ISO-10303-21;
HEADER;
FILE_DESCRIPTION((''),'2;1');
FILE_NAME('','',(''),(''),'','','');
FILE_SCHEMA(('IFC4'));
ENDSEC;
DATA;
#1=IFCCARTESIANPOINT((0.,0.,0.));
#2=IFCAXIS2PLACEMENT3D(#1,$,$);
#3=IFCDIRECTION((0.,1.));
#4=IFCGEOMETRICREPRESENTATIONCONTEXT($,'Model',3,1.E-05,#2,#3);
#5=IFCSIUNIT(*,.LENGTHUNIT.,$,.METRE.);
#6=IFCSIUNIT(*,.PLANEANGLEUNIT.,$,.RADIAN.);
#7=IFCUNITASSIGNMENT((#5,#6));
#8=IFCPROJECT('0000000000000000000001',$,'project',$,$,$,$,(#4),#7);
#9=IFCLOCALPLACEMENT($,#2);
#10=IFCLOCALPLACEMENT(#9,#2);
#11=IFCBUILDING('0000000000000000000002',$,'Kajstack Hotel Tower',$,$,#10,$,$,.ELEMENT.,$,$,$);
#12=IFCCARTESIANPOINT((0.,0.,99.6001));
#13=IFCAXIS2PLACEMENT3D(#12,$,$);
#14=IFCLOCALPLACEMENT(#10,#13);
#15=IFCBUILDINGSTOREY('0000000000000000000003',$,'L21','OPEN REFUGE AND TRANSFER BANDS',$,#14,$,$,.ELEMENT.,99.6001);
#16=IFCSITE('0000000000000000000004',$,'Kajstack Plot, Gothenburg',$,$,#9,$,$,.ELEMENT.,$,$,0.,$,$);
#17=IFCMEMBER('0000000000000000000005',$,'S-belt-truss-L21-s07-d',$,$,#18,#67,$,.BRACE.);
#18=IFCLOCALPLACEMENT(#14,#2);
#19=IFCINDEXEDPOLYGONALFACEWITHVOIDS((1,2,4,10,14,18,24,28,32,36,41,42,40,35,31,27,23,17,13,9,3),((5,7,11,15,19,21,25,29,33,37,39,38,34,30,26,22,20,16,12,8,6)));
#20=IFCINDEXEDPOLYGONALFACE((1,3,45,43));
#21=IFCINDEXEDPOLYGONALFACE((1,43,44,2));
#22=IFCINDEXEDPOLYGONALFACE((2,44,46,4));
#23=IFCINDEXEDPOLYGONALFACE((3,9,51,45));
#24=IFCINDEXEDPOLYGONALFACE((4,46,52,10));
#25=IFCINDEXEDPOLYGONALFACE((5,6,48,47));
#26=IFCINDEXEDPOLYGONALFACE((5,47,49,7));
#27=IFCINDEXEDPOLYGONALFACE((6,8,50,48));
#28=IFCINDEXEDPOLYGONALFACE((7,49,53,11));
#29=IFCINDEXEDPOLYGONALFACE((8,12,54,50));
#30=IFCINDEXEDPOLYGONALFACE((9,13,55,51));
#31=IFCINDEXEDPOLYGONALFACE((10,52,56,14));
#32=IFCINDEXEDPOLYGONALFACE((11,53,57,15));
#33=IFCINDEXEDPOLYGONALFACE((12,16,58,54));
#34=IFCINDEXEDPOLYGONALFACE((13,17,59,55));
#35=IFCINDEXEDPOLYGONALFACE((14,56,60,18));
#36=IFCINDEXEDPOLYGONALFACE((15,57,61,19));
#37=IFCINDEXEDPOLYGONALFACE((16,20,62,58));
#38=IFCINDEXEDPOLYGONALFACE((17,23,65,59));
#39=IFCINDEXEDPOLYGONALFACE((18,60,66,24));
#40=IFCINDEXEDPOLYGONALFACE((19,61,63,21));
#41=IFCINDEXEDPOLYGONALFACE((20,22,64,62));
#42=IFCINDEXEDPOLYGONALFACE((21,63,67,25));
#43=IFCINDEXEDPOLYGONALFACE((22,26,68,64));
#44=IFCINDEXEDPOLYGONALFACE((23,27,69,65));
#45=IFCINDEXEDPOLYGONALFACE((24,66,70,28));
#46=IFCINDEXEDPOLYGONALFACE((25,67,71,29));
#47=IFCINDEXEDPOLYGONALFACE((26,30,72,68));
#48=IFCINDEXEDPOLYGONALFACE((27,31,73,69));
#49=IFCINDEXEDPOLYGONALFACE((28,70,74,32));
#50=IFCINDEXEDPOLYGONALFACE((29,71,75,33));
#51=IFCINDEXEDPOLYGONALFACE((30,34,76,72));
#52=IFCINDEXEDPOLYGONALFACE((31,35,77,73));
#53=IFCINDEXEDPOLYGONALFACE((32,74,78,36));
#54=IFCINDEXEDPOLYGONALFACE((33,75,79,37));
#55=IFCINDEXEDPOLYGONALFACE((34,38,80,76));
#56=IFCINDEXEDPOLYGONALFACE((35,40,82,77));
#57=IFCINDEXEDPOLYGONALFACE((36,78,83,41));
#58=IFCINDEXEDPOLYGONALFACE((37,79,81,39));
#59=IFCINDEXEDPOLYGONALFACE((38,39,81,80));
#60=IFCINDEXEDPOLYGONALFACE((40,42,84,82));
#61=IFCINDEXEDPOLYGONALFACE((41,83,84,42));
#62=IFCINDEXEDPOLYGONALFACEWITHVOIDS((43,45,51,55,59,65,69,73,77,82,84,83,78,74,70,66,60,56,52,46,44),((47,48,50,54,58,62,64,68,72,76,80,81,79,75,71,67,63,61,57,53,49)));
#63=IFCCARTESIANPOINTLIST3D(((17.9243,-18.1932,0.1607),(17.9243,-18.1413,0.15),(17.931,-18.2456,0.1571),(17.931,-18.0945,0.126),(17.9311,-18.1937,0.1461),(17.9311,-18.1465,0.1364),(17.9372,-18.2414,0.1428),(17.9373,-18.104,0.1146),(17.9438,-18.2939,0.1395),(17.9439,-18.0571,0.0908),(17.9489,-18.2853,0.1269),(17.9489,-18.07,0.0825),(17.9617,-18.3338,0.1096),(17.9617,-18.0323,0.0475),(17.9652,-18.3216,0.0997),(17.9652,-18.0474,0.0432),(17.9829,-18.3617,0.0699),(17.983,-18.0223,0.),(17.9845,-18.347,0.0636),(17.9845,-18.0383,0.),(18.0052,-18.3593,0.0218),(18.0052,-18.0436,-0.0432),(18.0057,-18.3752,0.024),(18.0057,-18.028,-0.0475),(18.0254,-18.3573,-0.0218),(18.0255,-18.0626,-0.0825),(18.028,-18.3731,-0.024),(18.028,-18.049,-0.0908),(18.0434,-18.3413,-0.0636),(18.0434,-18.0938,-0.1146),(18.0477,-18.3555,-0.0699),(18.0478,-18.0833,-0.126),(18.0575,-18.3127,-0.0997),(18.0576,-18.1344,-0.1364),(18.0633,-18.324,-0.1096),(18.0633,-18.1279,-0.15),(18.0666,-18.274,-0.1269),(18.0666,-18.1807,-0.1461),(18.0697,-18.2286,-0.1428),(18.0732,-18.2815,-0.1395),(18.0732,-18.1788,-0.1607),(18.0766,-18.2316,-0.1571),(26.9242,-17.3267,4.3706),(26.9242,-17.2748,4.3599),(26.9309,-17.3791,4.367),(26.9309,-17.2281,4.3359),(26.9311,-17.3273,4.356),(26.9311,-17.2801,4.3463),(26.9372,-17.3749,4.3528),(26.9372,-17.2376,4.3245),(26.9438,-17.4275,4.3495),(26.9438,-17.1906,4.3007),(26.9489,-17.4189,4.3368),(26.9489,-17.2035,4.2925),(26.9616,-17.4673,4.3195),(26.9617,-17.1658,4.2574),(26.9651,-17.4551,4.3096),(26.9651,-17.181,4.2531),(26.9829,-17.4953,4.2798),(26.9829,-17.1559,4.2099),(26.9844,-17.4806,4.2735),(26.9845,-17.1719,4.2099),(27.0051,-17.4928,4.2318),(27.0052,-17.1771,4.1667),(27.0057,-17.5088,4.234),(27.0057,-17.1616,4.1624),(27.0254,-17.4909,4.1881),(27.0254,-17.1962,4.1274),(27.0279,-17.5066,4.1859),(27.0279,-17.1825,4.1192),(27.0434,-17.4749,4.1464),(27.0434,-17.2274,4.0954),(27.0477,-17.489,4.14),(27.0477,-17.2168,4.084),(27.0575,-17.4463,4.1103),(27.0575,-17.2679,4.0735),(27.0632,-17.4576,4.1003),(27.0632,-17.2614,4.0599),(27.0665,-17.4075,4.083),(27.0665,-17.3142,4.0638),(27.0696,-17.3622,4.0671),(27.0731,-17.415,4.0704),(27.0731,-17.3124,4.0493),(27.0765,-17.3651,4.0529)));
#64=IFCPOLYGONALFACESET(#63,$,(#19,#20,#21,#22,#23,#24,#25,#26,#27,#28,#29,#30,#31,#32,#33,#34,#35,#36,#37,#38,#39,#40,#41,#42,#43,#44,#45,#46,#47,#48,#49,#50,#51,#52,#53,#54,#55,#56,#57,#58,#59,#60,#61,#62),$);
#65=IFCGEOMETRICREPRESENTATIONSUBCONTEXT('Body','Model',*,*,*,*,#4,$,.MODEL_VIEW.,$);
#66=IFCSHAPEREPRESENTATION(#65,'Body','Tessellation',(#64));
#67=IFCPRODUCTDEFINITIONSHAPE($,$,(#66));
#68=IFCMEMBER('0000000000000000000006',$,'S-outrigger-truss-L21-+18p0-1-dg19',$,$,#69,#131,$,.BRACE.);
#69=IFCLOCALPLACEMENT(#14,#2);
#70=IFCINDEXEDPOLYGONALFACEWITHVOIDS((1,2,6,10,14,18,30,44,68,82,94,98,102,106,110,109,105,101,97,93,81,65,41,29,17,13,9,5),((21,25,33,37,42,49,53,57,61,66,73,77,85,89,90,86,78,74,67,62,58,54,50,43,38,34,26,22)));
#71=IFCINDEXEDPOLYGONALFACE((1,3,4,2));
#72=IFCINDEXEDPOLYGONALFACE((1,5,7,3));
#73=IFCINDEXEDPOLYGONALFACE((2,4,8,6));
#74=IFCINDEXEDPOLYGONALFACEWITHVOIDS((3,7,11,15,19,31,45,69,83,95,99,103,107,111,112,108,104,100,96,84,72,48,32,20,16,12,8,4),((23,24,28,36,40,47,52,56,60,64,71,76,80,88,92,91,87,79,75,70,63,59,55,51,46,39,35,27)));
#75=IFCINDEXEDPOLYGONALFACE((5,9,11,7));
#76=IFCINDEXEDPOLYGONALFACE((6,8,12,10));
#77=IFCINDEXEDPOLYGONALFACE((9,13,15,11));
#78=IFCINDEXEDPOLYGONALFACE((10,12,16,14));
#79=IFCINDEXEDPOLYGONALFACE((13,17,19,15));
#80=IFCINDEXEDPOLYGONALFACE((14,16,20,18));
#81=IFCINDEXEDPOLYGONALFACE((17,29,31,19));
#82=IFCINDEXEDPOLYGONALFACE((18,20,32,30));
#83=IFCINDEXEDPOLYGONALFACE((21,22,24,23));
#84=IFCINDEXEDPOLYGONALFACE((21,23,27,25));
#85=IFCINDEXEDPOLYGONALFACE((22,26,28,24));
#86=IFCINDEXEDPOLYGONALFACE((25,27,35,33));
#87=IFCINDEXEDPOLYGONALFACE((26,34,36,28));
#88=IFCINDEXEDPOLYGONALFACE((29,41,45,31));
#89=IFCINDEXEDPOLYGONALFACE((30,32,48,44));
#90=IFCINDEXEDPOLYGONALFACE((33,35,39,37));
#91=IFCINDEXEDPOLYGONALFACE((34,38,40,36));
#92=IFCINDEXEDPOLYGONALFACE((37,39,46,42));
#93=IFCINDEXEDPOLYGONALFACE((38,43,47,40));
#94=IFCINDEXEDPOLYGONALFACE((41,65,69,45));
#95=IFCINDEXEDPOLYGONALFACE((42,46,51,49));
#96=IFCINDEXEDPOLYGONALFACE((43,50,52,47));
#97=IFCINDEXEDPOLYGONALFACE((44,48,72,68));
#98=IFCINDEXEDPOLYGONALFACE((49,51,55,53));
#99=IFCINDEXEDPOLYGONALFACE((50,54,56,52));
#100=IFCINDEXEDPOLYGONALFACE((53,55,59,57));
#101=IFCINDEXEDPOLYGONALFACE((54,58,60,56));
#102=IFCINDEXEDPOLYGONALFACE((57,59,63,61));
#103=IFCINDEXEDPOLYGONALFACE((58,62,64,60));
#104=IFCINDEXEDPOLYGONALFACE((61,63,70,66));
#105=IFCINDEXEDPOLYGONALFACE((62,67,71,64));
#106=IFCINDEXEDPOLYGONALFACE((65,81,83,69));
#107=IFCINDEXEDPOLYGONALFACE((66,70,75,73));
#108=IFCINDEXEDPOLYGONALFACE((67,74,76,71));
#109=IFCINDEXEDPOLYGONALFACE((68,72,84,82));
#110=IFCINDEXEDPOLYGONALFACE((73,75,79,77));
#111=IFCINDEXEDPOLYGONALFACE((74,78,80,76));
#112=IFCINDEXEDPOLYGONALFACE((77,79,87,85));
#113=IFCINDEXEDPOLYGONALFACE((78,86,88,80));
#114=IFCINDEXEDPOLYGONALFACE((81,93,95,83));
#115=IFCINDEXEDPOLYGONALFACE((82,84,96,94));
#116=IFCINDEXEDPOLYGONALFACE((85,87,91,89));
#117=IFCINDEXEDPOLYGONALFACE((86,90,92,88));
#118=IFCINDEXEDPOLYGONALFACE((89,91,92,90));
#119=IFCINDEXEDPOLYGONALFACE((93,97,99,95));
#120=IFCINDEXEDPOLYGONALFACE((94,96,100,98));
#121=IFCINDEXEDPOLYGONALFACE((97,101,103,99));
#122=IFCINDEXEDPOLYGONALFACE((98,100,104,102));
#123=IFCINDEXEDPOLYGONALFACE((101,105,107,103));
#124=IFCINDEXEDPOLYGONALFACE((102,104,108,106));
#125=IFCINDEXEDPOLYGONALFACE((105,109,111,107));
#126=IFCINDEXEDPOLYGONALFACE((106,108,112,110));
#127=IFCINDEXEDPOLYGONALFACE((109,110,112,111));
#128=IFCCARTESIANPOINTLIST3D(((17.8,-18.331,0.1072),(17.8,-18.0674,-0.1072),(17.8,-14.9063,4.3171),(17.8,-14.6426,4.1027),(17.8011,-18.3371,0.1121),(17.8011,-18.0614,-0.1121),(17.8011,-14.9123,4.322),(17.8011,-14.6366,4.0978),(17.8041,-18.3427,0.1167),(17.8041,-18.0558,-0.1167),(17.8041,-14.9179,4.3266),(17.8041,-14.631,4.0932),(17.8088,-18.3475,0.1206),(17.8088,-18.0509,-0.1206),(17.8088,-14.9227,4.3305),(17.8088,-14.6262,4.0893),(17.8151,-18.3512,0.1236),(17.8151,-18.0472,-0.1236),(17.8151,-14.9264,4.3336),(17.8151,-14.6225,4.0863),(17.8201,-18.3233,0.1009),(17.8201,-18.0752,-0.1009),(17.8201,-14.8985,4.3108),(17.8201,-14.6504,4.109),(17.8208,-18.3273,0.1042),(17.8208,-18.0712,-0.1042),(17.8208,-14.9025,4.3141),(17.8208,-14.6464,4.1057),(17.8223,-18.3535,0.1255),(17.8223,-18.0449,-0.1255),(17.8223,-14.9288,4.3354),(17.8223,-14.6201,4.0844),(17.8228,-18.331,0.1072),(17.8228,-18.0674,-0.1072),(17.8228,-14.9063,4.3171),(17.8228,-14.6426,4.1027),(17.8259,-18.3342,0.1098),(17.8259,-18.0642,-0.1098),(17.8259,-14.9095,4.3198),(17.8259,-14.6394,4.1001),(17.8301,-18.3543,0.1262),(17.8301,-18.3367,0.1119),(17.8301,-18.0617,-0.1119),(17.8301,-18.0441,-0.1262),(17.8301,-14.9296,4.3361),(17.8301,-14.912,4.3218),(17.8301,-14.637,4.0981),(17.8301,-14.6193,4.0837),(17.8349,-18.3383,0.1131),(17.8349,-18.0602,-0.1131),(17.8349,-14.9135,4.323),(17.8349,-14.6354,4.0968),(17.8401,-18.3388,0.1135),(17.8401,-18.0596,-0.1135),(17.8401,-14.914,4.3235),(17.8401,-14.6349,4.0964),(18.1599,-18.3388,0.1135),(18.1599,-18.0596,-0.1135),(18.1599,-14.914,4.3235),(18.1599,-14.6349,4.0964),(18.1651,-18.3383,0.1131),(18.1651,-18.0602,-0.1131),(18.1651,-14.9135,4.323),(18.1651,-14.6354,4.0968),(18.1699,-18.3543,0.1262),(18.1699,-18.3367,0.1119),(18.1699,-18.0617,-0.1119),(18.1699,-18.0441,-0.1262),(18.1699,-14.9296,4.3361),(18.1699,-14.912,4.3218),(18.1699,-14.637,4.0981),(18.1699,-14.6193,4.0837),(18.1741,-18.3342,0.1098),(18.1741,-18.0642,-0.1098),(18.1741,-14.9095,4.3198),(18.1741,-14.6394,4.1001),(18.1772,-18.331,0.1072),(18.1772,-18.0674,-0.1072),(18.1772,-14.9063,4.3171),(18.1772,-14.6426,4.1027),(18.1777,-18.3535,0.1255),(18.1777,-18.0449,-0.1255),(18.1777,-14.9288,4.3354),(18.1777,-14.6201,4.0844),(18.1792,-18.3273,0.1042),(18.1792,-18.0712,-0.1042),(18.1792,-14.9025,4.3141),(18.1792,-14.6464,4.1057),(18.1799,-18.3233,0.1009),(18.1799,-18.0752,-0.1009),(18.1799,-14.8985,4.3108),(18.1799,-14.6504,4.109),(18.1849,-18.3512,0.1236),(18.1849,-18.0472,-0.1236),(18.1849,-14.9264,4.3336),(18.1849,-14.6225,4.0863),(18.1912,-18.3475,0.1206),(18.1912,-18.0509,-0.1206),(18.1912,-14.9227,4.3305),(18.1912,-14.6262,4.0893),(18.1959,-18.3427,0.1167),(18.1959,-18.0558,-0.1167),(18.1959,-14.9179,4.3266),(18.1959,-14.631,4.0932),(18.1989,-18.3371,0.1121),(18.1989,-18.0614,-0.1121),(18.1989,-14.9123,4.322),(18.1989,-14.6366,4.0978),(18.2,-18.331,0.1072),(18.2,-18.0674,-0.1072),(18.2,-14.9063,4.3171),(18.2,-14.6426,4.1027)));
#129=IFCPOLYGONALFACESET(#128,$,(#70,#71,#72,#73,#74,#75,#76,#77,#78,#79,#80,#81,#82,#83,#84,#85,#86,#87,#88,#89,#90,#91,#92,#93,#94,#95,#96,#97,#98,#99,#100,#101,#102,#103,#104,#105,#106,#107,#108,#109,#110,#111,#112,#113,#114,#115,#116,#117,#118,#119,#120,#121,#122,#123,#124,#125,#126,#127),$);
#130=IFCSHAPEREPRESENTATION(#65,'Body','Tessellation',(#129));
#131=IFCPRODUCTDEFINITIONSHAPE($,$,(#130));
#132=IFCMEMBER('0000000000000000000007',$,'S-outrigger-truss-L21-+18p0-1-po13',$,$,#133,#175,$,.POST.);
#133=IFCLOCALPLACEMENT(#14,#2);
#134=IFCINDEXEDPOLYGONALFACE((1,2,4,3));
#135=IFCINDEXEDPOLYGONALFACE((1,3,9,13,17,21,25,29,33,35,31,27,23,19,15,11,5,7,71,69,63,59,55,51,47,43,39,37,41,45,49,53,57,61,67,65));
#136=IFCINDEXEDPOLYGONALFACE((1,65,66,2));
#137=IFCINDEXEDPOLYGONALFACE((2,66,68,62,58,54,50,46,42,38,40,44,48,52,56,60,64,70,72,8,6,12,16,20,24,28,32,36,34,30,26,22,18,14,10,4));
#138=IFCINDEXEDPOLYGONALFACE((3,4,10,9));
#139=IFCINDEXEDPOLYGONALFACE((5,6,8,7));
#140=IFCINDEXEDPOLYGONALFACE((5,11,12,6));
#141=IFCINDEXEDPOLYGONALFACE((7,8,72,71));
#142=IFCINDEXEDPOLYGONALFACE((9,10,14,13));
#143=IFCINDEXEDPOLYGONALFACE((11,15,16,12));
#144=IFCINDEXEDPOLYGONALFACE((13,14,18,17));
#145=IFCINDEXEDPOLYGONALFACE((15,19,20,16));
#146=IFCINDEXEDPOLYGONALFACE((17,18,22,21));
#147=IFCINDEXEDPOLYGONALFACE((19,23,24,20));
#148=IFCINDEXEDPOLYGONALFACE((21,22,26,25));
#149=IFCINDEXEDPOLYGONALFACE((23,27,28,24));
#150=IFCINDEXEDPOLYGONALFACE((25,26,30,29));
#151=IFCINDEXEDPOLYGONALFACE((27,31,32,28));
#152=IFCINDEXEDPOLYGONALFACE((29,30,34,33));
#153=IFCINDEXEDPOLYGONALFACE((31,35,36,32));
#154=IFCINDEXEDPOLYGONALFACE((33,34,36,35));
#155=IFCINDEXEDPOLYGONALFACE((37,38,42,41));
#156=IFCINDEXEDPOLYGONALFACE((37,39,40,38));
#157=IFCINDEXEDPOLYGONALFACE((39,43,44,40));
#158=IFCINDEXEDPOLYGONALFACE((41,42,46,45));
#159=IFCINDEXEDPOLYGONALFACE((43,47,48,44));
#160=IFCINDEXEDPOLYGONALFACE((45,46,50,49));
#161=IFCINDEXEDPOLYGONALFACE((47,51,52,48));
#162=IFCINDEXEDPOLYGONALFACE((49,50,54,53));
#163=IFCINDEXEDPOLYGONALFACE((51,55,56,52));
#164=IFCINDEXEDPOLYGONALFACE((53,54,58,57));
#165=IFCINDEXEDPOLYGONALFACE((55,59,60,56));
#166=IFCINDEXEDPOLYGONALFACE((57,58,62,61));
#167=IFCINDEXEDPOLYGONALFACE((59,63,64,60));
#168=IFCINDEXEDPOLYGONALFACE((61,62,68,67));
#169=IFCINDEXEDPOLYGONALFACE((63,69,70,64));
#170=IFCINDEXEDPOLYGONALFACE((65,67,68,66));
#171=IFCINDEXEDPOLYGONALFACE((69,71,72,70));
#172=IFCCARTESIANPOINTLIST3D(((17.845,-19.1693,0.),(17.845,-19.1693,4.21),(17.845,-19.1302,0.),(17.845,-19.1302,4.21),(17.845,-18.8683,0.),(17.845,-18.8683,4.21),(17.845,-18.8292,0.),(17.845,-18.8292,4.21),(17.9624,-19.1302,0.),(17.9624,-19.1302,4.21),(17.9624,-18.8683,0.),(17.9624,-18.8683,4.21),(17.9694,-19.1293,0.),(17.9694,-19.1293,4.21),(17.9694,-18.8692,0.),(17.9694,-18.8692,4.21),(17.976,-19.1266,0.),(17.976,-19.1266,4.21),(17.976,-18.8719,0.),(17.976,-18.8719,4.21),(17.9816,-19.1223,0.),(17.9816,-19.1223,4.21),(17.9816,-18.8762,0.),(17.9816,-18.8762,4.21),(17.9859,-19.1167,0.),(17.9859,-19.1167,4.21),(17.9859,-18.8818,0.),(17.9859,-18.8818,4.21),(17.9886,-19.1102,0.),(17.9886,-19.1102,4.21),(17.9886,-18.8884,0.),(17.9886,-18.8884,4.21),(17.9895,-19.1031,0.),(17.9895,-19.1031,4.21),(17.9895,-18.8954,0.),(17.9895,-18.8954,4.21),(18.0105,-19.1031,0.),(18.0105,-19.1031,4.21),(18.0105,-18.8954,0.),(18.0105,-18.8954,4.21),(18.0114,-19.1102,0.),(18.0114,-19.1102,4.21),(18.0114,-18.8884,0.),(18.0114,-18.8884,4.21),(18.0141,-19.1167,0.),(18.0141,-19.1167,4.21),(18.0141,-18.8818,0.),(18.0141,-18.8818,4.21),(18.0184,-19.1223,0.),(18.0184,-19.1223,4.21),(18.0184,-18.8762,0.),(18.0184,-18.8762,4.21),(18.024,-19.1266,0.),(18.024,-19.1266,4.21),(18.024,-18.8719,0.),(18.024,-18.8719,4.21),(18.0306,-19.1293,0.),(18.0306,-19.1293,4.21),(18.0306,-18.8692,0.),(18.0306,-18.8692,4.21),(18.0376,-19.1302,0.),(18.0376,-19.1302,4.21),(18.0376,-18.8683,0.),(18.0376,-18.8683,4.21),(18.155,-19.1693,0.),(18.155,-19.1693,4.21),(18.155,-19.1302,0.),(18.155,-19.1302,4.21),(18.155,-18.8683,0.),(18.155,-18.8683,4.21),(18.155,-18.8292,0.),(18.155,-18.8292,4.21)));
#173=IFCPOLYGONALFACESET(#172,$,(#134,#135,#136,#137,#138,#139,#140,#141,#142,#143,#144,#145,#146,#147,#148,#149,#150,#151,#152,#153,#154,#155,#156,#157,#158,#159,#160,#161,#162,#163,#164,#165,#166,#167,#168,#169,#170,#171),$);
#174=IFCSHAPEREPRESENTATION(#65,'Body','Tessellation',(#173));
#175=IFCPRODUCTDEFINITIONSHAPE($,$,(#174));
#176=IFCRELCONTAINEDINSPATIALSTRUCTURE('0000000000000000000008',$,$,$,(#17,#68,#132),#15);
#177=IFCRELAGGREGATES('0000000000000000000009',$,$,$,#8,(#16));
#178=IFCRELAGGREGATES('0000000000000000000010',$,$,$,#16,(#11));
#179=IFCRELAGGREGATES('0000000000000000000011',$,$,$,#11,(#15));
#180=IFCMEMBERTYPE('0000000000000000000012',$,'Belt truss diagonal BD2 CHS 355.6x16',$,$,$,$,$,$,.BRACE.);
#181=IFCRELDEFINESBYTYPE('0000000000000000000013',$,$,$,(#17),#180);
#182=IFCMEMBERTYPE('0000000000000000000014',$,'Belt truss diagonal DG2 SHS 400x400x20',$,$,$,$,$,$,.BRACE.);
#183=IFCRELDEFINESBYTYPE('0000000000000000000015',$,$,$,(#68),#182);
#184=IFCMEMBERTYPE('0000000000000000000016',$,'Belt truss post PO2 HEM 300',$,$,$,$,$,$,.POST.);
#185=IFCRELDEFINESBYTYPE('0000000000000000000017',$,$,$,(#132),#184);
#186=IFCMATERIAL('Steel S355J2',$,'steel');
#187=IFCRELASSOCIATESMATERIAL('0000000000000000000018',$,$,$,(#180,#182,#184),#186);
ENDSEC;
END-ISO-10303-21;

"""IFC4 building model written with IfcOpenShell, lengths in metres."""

from ifc_helpers import new_model, si_unit, direction, frame, origin, origin_2d, place, context, subcontext, project, spatial, hollow_rectangle, hollow_circle, i_section, extrude, material, material_profile, profile_set, type_object, element, save


model = new_model("IFC4")

# Units and contexts
model_context = context("Model", 3, precision=1e-05, world=origin(), true_north=direction((0.0, 1.0)))
body_context = subcontext(model_context, "Body", "Model", "MODEL_VIEW")
ifc_project = project(units=[si_unit("LENGTHUNIT", "METRE"), si_unit("PLANEANGLEUNIT", "RADIAN")], contexts=[model_context])

# Site, building, storey
site_placement = place(None, origin())
site = spatial("IfcSite", under=ifc_project, at=site_placement, Name="Kajstack Plot, Gothenburg", CompositionType="ELEMENT", RefElevation=0.0)
building_placement = place(site_placement, origin())
building = spatial("IfcBuilding", under=site, at=building_placement, Name="Kajstack Hotel Tower", CompositionType="ELEMENT")
storey_placement = place(building_placement, frame((0.0, 0.0, 99.6001)))
storey = spatial("IfcBuildingStorey", under=building, at=storey_placement, Name="L21", Description="OPEN REFUGE AND TRANSFER BANDS", CompositionType="ELEMENT", Elevation=99.6001)

# Members
ifc_material_1 = material(Name="Steel S355J2", Category="steel")
ifc_material_profile_1 = material_profile(ifc_material_1, hollow_circle(Radius=0.1777, WallThickness=0.0161, at=origin_2d()), Name="CHS 355.6x16")
ifc_profile_set_1 = profile_set([ifc_material_profile_1], Name="Steel S355J2")
member_type_1 = type_object("IfcMemberType", Name="Belt truss diagonal BD2 CHS 355.6x16", PredefinedType="BRACE", material=ifc_profile_set_1)
for number, where, z_axis, x_axis, name in (
    (1, (18.0, -18.1992, 0.0), (0.902374, 0.086874, 0.422107), (-0.09583, 0.995398, 0.0), "S-belt-truss-L21-s07-d"),
):
    element("IfcMember", number, at=place(storey_placement, frame(where, z_axis=z_axis, x_axis=x_axis)), inside=storey, type_object=member_type_1, Name=name, PredefinedType="BRACE", context=body_context, shape_type="SweptSolid", body=[
        extrude(hollow_circle(Radius=0.1777, WallThickness=0.0161, at=origin_2d()), origin(), (0.0, 0.0, 1.0), 9.9736),
    ])
ifc_material_profile_2 = material_profile(ifc_material_1, hollow_rectangle(XDim=0.3999, YDim=0.3999, WallThickness=0.02, InnerFilletRadius=0.02, OuterFilletRadius=0.03, at=origin_2d()), Name="SHS 400x400x20")
ifc_profile_set_2 = profile_set([ifc_material_profile_2], Name="Steel S355J2")
member_type_2 = type_object("IfcMemberType", Name="Belt truss diagonal DG2 SHS 400x400x20", PredefinedType="BRACE", material=ifc_profile_set_2)
member_1_placement = place(storey_placement, frame((18.0, -18.1992, 0.0), z_axis=(0.0, 0.63106, 0.775734), x_axis=(-1.0, 0.0, 0.0)))
element("IfcMember", 2, at=member_1_placement, inside=storey, type_object=member_type_2, Name="S-outrigger-truss-L21-+18p0-1-dg19", PredefinedType="BRACE", context=body_context, shape_type="SweptSolid", body=[
    extrude(hollow_rectangle(XDim=0.3999, YDim=0.3999, WallThickness=0.02, InnerFilletRadius=0.02, OuterFilletRadius=0.03, at=origin_2d()), origin(), (0.0, 0.0, 1.0), 5.427),
])
ifc_material_profile_3 = material_profile(ifc_material_1, i_section(OverallWidth=0.3101, OverallDepth=0.3401, WebThickness=0.021, FlangeThickness=0.0391, FilletRadius=0.0271, at=origin_2d()), Name="HEM 300")
ifc_profile_set_3 = profile_set([ifc_material_profile_3], Name="Steel S355J2")
member_type_3 = type_object("IfcMemberType", Name="Belt truss post PO2 HEM 300", PredefinedType="POST", material=ifc_profile_set_3)
for number, where, z_axis, x_axis, name in (
    (3, (18.0, -18.9993, 0.0), (0.0, 0.0, 1.0), (1.0, 0.0, 0.0), "S-outrigger-truss-L21-+18p0-1-po13"),
):
    element("IfcMember", number, at=place(storey_placement, frame(where, z_axis=z_axis, x_axis=x_axis)), inside=storey, type_object=member_type_3, Name=name, PredefinedType="POST", context=body_context, shape_type="SweptSolid", body=[
        extrude(i_section(OverallWidth=0.3101, OverallDepth=0.3401, WebThickness=0.021, FlangeThickness=0.0391, FilletRadius=0.0271, at=origin_2d()), origin(), (0.0, 0.0, 1.0), 4.21),
    ])

save(model, "model.ifc")
